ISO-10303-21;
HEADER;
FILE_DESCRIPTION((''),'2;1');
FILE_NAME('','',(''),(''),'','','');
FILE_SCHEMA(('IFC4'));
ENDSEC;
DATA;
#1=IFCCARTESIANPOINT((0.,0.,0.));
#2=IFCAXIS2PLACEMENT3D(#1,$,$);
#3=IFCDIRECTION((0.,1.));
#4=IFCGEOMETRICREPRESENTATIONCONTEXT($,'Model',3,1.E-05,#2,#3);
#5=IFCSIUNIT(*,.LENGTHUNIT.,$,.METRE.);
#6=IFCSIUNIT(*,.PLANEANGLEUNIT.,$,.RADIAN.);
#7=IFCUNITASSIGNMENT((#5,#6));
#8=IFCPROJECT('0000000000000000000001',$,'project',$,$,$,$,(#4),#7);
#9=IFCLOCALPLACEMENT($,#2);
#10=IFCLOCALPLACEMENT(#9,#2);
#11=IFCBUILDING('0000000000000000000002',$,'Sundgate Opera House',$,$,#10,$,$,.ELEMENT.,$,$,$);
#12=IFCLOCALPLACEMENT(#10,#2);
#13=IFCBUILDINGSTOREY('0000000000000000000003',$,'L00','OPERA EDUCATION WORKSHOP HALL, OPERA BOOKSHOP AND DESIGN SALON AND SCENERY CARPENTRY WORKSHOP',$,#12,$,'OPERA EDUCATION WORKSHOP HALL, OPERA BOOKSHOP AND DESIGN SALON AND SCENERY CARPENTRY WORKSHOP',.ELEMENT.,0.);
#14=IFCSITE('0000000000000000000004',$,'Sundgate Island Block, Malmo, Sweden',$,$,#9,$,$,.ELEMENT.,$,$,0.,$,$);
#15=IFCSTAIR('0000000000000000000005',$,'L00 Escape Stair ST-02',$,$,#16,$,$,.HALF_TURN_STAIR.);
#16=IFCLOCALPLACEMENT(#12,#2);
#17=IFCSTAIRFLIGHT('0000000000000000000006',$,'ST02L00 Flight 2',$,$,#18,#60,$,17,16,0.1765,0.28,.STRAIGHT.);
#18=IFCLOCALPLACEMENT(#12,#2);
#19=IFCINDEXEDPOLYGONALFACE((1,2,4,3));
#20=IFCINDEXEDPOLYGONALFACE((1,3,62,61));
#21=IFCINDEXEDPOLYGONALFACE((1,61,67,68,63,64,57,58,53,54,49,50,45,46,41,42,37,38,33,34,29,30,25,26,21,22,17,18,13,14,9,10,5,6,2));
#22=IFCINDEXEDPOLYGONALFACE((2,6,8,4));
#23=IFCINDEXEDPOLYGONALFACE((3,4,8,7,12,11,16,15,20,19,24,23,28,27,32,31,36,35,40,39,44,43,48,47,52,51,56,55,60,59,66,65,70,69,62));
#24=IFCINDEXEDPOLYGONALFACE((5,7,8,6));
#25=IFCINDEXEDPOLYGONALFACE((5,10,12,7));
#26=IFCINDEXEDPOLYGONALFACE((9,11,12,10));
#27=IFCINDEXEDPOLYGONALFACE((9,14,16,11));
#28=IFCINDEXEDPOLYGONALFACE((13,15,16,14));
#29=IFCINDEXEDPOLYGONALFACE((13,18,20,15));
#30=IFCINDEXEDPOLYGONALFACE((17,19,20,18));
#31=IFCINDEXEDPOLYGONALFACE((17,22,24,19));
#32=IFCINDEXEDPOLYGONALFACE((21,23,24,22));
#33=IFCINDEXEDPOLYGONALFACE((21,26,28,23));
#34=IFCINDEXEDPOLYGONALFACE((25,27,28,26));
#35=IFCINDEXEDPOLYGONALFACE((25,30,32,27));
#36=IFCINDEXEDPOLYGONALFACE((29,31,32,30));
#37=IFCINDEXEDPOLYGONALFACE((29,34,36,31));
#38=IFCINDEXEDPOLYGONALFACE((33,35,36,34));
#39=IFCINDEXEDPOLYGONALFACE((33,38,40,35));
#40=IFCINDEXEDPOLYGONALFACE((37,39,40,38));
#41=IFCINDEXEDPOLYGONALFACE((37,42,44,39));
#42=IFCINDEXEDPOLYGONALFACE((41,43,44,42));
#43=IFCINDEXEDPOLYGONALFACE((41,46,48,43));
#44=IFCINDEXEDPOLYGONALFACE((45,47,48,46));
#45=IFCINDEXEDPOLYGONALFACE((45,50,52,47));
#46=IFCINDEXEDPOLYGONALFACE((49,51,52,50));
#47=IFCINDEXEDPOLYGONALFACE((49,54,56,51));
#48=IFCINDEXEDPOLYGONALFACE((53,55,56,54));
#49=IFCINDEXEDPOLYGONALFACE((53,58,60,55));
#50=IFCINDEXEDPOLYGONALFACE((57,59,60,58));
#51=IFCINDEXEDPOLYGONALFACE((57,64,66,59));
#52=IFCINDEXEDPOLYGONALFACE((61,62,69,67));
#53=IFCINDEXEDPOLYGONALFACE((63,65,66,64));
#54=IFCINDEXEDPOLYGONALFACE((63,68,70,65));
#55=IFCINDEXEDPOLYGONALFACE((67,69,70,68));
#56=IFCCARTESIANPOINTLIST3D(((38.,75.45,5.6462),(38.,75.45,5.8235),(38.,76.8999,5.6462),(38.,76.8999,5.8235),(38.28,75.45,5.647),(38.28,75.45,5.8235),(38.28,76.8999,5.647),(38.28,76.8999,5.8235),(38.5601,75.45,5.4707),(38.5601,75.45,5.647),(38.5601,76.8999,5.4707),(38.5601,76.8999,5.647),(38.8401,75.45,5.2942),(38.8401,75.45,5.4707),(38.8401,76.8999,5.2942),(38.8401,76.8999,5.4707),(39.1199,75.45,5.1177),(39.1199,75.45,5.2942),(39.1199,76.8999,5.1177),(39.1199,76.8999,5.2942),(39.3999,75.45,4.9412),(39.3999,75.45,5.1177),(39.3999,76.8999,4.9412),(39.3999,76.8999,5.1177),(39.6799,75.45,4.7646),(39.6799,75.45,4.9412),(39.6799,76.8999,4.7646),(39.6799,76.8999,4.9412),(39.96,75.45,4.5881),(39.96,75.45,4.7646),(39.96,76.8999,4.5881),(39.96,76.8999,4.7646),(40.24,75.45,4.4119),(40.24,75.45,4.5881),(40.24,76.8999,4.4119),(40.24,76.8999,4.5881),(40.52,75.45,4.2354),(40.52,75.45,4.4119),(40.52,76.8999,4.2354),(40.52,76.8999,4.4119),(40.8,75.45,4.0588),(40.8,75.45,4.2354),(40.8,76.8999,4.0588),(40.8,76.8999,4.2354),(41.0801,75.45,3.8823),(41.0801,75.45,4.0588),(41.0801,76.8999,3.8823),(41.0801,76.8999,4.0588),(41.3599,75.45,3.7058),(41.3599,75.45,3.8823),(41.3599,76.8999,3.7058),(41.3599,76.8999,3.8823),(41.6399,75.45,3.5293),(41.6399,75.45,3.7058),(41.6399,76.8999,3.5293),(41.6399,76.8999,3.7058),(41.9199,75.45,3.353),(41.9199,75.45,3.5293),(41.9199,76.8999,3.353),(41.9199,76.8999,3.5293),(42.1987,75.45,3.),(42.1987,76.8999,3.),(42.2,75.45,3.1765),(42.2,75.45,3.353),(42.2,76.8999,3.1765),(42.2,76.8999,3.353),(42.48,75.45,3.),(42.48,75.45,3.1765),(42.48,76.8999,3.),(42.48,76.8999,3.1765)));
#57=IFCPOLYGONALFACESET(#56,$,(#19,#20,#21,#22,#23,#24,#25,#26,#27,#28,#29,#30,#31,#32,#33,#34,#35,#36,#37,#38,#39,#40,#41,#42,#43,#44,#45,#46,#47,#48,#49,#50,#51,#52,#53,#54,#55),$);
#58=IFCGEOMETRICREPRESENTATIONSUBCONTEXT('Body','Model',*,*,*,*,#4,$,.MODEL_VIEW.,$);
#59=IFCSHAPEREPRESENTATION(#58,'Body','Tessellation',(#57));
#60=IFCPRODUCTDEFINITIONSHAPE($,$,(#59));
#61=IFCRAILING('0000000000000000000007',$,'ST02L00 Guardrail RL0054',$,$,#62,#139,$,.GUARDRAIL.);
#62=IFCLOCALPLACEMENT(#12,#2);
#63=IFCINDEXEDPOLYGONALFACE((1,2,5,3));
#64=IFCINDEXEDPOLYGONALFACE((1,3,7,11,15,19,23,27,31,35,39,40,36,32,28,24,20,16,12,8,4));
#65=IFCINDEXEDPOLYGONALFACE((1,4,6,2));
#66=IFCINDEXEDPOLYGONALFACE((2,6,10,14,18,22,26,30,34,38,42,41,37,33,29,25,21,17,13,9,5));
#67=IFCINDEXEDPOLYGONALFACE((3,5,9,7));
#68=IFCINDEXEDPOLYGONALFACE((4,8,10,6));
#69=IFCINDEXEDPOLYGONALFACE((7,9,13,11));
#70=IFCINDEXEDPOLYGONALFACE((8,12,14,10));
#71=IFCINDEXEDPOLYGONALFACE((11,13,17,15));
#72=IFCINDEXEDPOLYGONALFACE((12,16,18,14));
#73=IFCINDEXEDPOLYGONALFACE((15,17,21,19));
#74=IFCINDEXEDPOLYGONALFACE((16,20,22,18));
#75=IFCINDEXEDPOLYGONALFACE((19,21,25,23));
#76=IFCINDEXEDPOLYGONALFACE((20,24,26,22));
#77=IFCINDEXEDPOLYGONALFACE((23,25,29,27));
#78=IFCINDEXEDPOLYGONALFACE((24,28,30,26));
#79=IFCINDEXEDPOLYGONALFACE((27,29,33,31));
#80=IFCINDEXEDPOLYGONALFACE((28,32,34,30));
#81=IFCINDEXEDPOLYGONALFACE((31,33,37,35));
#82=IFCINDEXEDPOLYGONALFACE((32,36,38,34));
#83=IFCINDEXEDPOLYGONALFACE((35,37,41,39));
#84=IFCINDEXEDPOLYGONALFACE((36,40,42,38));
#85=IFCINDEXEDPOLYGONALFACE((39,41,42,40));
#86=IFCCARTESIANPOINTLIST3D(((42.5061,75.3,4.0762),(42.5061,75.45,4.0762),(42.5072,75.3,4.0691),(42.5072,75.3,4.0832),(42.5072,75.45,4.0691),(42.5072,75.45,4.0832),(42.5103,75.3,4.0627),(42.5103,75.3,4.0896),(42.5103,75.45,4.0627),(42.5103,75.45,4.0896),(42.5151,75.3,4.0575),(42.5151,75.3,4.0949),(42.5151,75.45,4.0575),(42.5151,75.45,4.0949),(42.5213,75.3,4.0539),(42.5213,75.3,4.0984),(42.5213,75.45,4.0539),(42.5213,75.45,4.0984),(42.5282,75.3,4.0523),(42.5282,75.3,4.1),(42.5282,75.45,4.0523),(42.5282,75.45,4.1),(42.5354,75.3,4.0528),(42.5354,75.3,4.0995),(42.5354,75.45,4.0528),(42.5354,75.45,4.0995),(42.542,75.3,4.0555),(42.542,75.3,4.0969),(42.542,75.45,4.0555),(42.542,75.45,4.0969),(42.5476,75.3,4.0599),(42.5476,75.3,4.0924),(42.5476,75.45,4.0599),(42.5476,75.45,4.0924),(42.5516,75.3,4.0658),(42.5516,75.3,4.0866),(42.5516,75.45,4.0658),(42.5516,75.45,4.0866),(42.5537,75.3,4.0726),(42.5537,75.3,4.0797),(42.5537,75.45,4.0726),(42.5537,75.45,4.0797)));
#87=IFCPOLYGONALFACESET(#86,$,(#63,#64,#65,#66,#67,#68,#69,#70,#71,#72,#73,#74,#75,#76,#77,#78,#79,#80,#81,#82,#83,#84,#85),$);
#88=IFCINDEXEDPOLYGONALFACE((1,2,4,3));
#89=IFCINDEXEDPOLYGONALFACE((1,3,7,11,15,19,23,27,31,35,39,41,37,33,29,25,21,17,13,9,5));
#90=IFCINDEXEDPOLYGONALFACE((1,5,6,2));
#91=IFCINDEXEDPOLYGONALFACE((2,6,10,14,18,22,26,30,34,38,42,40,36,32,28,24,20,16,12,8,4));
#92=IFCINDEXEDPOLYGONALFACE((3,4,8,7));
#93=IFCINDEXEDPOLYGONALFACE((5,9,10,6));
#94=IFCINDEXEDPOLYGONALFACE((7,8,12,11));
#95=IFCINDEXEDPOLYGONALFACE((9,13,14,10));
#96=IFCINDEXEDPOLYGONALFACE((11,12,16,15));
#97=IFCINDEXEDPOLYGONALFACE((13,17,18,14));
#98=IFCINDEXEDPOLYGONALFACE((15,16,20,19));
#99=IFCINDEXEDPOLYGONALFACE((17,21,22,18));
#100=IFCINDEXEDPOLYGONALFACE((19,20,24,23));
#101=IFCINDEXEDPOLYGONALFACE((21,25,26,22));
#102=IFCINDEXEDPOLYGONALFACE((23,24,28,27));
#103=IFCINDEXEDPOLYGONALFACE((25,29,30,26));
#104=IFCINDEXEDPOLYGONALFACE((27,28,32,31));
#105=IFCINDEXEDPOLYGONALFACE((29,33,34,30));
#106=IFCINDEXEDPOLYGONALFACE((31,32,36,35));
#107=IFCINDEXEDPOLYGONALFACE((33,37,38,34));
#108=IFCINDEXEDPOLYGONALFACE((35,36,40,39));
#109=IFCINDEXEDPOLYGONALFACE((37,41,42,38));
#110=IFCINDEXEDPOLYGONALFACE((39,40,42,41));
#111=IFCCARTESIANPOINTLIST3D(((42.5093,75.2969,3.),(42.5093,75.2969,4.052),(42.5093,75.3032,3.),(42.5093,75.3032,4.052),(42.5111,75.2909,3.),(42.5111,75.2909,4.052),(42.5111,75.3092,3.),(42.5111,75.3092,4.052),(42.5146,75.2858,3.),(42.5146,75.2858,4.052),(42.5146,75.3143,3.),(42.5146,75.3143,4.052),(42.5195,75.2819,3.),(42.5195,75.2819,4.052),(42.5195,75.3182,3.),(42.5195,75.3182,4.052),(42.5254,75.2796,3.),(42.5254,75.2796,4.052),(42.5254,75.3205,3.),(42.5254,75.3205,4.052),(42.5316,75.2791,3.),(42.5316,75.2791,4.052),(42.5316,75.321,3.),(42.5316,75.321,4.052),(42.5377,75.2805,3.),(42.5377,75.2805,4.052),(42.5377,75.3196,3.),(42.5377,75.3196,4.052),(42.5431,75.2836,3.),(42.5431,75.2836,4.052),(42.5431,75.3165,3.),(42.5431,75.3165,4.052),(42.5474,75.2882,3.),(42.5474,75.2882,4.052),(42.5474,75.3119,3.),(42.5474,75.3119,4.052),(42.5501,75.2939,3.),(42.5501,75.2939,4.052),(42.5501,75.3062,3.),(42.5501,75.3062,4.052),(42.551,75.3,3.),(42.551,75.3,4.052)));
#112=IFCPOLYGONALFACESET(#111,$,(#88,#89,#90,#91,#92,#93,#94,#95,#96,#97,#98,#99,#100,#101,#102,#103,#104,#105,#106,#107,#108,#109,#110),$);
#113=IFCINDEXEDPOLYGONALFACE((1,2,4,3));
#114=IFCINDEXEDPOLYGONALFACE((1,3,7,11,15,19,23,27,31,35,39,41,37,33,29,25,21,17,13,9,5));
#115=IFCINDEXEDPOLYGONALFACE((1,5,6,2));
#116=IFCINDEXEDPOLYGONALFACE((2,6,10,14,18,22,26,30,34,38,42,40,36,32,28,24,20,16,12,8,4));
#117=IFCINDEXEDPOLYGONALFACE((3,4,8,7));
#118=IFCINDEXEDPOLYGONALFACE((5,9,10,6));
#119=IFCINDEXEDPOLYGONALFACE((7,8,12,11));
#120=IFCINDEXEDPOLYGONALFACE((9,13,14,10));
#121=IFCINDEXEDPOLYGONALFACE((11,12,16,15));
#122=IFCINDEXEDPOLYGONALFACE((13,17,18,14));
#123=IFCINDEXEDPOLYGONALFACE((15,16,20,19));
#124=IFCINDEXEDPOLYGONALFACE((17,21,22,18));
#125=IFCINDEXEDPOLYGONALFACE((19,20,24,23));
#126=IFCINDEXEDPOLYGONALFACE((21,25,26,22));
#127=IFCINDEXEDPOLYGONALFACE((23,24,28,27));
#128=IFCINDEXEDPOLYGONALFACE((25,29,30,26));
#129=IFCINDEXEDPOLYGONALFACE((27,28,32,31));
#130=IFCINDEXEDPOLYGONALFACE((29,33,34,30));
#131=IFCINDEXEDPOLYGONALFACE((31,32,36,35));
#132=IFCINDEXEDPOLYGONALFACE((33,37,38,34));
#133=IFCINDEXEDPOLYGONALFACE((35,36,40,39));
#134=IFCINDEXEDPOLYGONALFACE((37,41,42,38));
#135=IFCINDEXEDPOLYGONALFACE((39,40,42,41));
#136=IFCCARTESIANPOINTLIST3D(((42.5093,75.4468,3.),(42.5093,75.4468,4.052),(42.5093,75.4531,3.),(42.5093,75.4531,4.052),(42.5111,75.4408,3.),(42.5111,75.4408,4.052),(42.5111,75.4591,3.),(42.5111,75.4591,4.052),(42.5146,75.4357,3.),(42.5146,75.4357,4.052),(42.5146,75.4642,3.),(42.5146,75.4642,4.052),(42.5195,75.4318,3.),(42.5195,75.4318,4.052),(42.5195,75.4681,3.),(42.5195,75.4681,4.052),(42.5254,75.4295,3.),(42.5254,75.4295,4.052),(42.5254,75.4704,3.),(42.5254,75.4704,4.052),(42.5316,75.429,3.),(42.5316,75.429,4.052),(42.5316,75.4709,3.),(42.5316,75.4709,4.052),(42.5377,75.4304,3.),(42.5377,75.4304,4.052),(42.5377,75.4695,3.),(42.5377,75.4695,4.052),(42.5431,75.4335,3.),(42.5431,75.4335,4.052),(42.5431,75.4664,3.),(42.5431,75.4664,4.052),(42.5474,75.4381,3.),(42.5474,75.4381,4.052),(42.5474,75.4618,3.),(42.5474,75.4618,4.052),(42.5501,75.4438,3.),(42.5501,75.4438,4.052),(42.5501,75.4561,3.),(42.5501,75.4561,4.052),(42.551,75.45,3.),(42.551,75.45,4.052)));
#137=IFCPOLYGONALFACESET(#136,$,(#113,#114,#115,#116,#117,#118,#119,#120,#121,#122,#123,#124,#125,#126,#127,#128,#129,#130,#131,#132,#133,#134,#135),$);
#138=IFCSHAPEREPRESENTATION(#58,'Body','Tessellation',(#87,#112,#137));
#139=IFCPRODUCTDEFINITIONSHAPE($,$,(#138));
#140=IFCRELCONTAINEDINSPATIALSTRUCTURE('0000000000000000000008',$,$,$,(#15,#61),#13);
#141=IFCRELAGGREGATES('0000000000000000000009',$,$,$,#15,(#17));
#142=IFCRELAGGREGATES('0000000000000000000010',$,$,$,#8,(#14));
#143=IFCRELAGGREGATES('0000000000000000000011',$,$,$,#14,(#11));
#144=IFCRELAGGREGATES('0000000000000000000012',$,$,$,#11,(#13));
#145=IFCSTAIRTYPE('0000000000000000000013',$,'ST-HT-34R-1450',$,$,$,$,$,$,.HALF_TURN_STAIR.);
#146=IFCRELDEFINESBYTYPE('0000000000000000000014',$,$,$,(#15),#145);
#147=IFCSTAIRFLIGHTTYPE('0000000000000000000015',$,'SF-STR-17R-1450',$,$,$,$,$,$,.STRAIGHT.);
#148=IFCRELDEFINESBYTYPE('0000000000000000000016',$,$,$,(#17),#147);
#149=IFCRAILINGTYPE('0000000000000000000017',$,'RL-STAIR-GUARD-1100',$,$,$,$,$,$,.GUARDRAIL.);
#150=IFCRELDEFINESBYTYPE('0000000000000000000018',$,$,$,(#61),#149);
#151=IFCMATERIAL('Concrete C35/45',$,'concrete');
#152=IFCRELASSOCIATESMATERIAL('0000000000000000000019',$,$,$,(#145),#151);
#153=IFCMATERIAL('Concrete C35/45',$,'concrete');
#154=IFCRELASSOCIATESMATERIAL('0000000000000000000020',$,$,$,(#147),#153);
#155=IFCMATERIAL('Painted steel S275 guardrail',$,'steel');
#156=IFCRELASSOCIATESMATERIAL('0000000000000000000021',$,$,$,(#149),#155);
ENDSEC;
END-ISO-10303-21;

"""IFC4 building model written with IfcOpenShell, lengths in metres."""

from ifc_helpers import new_model, si_unit, direction, frame, origin, origin_2d, place, context, subcontext, project, spatial, polyline, circle, outline, extrude, material, type_object, element, aggregate, save


model = new_model("IFC4")

# Units and contexts
model_context = context("Model", 3, precision=1e-05, world=origin(), true_north=direction((0.0, 1.0)))
body_context = subcontext(model_context, "Body", "Model", "MODEL_VIEW")
ifc_project = project(units=[si_unit("LENGTHUNIT", "METRE"), si_unit("PLANEANGLEUNIT", "RADIAN")], contexts=[model_context])

# Site, building, storey
site_placement = place(None, origin())
site = spatial("IfcSite", under=ifc_project, at=site_placement, Name="Sundgate Island Block, Malmo, Sweden", CompositionType="ELEMENT", RefElevation=0.0)
building_placement = place(site_placement, origin())
building = spatial("IfcBuilding", under=site, at=building_placement, Name="Sundgate Opera House", CompositionType="ELEMENT")
storey_placement = place(building_placement, origin())
storey = spatial("IfcBuildingStorey", under=building, at=storey_placement, Name="L00", Description="OPERA EDUCATION WORKSHOP HALL, OPERA BOOKSHOP AND DESIGN SALON AND SCENERY CARPENTRY WORKSHOP", LongName="OPERA EDUCATION WORKSHOP HALL, OPERA BOOKSHOP AND DESIGN SALON AND SCENERY CARPENTRY WORKSHOP", CompositionType="ELEMENT", Elevation=0.0)

# Stair, stair flight
ifc_material_1 = material(Name="Concrete C35/45", Category="concrete")
stair_type = type_object("IfcStairType", Name="ST-HT-34R-1450", PredefinedType="HALF_TURN_STAIR", material=ifc_material_1)
stair_placement = place(storey_placement, origin())
stair = element("IfcStair", 1, at=stair_placement, inside=storey, type_object=stair_type, Name="L00 Escape Stair ST-02", PredefinedType="HALF_TURN_STAIR")
ifc_material_2 = material(Name="Concrete C35/45", Category="concrete")
stair_flight_type = type_object("IfcStairFlightType", Name="SF-STR-17R-1450", PredefinedType="STRAIGHT", material=ifc_material_2)
stair_flight_placement = place(storey_placement, frame((42.48, 76.175, 3.0), z_axis=(0.0, 0.0, 1.0), x_axis=(-1.0, 0.0, 0.0)))
stair_flight = element("IfcStairFlight", 2, at=stair_flight_placement, type_object=stair_flight_type, Name="ST02L00 Flight 2", NumberOfRisers=17, NumberOfTreads=16, PredefinedType="STRAIGHT", RiserHeight=0.1765, TreadLength=0.28, context=body_context, shape_type="SweptSolid", body=[
    extrude(outline(polyline([(0.0, 0.0), (0.0, 0.1765), (0.28, 0.1765), (0.28, 0.353), (0.5601, 0.353), (0.5601, 0.5293), (0.8401, 0.5293), (0.8401, 0.7058), (1.1201, 0.7058), (1.1201, 0.8823), (1.3999, 0.8823), (1.3999, 1.0588), (1.6799, 1.0588), (1.6799, 1.2354), (1.96, 1.2354), (1.96, 1.4119), (2.24, 1.4119), (2.24, 1.5881), (2.52, 1.5881), (2.52, 1.7646), (2.8, 1.7646), (2.8, 1.9412), (3.0801, 1.9412), (3.0801, 2.1177), (3.3601, 2.1177), (3.3601, 2.2942), (3.6399, 2.2942), (3.6399, 2.4707), (3.9199, 2.4707), (3.9199, 2.647), (4.2, 2.647), (4.2, 2.8235), (4.48, 2.8235), (4.48, 3.0), (4.48, 2.6462), (0.2812, 0.0), (0.0, 0.0)])), frame((0.0, 0.7251, 0.0), z_axis=(0.0, -1.0, 0.0), x_axis=(1.0, 0.0, 0.0)), (0.0, 0.0, 1.0), 1.45),
])
aggregate(stair, [stair_flight])

# Railing
ifc_material_3 = material(Name="Painted steel S275 guardrail", Category="steel")
railing_type_1 = type_object("IfcRailingType", Name="RL-STAIR-GUARD-1100", PredefinedType="GUARDRAIL", material=ifc_material_3)
railing_1_placement = place(storey_placement, frame((42.53, 75.3, 3.0)))
element("IfcRailing", 3, at=railing_1_placement, inside=storey, type_object=railing_type_1, Name="ST02L00 Guardrail RL0054", PredefinedType="GUARDRAIL", context=body_context, shape_type="SweptSolid", body=[
    extrude(circle(Radius=0.0239, at=origin_2d()), frame((0.0, 0.0, 1.0762), z_axis=(0.0, 1.0, 0.0), x_axis=(-1.0, 0.0, 0.0)), (0.0, 0.0, 1.0), 0.1499),
    extrude(circle(Radius=0.021, at=origin_2d()), origin(), (0.0, 0.0, 1.0), 1.052),
    extrude(circle(Radius=0.021, at=origin_2d()), frame((0.0, 0.1499, 0.0)), (0.0, 0.0, 1.0), 1.052),
])

save(model, "model.ifc")
